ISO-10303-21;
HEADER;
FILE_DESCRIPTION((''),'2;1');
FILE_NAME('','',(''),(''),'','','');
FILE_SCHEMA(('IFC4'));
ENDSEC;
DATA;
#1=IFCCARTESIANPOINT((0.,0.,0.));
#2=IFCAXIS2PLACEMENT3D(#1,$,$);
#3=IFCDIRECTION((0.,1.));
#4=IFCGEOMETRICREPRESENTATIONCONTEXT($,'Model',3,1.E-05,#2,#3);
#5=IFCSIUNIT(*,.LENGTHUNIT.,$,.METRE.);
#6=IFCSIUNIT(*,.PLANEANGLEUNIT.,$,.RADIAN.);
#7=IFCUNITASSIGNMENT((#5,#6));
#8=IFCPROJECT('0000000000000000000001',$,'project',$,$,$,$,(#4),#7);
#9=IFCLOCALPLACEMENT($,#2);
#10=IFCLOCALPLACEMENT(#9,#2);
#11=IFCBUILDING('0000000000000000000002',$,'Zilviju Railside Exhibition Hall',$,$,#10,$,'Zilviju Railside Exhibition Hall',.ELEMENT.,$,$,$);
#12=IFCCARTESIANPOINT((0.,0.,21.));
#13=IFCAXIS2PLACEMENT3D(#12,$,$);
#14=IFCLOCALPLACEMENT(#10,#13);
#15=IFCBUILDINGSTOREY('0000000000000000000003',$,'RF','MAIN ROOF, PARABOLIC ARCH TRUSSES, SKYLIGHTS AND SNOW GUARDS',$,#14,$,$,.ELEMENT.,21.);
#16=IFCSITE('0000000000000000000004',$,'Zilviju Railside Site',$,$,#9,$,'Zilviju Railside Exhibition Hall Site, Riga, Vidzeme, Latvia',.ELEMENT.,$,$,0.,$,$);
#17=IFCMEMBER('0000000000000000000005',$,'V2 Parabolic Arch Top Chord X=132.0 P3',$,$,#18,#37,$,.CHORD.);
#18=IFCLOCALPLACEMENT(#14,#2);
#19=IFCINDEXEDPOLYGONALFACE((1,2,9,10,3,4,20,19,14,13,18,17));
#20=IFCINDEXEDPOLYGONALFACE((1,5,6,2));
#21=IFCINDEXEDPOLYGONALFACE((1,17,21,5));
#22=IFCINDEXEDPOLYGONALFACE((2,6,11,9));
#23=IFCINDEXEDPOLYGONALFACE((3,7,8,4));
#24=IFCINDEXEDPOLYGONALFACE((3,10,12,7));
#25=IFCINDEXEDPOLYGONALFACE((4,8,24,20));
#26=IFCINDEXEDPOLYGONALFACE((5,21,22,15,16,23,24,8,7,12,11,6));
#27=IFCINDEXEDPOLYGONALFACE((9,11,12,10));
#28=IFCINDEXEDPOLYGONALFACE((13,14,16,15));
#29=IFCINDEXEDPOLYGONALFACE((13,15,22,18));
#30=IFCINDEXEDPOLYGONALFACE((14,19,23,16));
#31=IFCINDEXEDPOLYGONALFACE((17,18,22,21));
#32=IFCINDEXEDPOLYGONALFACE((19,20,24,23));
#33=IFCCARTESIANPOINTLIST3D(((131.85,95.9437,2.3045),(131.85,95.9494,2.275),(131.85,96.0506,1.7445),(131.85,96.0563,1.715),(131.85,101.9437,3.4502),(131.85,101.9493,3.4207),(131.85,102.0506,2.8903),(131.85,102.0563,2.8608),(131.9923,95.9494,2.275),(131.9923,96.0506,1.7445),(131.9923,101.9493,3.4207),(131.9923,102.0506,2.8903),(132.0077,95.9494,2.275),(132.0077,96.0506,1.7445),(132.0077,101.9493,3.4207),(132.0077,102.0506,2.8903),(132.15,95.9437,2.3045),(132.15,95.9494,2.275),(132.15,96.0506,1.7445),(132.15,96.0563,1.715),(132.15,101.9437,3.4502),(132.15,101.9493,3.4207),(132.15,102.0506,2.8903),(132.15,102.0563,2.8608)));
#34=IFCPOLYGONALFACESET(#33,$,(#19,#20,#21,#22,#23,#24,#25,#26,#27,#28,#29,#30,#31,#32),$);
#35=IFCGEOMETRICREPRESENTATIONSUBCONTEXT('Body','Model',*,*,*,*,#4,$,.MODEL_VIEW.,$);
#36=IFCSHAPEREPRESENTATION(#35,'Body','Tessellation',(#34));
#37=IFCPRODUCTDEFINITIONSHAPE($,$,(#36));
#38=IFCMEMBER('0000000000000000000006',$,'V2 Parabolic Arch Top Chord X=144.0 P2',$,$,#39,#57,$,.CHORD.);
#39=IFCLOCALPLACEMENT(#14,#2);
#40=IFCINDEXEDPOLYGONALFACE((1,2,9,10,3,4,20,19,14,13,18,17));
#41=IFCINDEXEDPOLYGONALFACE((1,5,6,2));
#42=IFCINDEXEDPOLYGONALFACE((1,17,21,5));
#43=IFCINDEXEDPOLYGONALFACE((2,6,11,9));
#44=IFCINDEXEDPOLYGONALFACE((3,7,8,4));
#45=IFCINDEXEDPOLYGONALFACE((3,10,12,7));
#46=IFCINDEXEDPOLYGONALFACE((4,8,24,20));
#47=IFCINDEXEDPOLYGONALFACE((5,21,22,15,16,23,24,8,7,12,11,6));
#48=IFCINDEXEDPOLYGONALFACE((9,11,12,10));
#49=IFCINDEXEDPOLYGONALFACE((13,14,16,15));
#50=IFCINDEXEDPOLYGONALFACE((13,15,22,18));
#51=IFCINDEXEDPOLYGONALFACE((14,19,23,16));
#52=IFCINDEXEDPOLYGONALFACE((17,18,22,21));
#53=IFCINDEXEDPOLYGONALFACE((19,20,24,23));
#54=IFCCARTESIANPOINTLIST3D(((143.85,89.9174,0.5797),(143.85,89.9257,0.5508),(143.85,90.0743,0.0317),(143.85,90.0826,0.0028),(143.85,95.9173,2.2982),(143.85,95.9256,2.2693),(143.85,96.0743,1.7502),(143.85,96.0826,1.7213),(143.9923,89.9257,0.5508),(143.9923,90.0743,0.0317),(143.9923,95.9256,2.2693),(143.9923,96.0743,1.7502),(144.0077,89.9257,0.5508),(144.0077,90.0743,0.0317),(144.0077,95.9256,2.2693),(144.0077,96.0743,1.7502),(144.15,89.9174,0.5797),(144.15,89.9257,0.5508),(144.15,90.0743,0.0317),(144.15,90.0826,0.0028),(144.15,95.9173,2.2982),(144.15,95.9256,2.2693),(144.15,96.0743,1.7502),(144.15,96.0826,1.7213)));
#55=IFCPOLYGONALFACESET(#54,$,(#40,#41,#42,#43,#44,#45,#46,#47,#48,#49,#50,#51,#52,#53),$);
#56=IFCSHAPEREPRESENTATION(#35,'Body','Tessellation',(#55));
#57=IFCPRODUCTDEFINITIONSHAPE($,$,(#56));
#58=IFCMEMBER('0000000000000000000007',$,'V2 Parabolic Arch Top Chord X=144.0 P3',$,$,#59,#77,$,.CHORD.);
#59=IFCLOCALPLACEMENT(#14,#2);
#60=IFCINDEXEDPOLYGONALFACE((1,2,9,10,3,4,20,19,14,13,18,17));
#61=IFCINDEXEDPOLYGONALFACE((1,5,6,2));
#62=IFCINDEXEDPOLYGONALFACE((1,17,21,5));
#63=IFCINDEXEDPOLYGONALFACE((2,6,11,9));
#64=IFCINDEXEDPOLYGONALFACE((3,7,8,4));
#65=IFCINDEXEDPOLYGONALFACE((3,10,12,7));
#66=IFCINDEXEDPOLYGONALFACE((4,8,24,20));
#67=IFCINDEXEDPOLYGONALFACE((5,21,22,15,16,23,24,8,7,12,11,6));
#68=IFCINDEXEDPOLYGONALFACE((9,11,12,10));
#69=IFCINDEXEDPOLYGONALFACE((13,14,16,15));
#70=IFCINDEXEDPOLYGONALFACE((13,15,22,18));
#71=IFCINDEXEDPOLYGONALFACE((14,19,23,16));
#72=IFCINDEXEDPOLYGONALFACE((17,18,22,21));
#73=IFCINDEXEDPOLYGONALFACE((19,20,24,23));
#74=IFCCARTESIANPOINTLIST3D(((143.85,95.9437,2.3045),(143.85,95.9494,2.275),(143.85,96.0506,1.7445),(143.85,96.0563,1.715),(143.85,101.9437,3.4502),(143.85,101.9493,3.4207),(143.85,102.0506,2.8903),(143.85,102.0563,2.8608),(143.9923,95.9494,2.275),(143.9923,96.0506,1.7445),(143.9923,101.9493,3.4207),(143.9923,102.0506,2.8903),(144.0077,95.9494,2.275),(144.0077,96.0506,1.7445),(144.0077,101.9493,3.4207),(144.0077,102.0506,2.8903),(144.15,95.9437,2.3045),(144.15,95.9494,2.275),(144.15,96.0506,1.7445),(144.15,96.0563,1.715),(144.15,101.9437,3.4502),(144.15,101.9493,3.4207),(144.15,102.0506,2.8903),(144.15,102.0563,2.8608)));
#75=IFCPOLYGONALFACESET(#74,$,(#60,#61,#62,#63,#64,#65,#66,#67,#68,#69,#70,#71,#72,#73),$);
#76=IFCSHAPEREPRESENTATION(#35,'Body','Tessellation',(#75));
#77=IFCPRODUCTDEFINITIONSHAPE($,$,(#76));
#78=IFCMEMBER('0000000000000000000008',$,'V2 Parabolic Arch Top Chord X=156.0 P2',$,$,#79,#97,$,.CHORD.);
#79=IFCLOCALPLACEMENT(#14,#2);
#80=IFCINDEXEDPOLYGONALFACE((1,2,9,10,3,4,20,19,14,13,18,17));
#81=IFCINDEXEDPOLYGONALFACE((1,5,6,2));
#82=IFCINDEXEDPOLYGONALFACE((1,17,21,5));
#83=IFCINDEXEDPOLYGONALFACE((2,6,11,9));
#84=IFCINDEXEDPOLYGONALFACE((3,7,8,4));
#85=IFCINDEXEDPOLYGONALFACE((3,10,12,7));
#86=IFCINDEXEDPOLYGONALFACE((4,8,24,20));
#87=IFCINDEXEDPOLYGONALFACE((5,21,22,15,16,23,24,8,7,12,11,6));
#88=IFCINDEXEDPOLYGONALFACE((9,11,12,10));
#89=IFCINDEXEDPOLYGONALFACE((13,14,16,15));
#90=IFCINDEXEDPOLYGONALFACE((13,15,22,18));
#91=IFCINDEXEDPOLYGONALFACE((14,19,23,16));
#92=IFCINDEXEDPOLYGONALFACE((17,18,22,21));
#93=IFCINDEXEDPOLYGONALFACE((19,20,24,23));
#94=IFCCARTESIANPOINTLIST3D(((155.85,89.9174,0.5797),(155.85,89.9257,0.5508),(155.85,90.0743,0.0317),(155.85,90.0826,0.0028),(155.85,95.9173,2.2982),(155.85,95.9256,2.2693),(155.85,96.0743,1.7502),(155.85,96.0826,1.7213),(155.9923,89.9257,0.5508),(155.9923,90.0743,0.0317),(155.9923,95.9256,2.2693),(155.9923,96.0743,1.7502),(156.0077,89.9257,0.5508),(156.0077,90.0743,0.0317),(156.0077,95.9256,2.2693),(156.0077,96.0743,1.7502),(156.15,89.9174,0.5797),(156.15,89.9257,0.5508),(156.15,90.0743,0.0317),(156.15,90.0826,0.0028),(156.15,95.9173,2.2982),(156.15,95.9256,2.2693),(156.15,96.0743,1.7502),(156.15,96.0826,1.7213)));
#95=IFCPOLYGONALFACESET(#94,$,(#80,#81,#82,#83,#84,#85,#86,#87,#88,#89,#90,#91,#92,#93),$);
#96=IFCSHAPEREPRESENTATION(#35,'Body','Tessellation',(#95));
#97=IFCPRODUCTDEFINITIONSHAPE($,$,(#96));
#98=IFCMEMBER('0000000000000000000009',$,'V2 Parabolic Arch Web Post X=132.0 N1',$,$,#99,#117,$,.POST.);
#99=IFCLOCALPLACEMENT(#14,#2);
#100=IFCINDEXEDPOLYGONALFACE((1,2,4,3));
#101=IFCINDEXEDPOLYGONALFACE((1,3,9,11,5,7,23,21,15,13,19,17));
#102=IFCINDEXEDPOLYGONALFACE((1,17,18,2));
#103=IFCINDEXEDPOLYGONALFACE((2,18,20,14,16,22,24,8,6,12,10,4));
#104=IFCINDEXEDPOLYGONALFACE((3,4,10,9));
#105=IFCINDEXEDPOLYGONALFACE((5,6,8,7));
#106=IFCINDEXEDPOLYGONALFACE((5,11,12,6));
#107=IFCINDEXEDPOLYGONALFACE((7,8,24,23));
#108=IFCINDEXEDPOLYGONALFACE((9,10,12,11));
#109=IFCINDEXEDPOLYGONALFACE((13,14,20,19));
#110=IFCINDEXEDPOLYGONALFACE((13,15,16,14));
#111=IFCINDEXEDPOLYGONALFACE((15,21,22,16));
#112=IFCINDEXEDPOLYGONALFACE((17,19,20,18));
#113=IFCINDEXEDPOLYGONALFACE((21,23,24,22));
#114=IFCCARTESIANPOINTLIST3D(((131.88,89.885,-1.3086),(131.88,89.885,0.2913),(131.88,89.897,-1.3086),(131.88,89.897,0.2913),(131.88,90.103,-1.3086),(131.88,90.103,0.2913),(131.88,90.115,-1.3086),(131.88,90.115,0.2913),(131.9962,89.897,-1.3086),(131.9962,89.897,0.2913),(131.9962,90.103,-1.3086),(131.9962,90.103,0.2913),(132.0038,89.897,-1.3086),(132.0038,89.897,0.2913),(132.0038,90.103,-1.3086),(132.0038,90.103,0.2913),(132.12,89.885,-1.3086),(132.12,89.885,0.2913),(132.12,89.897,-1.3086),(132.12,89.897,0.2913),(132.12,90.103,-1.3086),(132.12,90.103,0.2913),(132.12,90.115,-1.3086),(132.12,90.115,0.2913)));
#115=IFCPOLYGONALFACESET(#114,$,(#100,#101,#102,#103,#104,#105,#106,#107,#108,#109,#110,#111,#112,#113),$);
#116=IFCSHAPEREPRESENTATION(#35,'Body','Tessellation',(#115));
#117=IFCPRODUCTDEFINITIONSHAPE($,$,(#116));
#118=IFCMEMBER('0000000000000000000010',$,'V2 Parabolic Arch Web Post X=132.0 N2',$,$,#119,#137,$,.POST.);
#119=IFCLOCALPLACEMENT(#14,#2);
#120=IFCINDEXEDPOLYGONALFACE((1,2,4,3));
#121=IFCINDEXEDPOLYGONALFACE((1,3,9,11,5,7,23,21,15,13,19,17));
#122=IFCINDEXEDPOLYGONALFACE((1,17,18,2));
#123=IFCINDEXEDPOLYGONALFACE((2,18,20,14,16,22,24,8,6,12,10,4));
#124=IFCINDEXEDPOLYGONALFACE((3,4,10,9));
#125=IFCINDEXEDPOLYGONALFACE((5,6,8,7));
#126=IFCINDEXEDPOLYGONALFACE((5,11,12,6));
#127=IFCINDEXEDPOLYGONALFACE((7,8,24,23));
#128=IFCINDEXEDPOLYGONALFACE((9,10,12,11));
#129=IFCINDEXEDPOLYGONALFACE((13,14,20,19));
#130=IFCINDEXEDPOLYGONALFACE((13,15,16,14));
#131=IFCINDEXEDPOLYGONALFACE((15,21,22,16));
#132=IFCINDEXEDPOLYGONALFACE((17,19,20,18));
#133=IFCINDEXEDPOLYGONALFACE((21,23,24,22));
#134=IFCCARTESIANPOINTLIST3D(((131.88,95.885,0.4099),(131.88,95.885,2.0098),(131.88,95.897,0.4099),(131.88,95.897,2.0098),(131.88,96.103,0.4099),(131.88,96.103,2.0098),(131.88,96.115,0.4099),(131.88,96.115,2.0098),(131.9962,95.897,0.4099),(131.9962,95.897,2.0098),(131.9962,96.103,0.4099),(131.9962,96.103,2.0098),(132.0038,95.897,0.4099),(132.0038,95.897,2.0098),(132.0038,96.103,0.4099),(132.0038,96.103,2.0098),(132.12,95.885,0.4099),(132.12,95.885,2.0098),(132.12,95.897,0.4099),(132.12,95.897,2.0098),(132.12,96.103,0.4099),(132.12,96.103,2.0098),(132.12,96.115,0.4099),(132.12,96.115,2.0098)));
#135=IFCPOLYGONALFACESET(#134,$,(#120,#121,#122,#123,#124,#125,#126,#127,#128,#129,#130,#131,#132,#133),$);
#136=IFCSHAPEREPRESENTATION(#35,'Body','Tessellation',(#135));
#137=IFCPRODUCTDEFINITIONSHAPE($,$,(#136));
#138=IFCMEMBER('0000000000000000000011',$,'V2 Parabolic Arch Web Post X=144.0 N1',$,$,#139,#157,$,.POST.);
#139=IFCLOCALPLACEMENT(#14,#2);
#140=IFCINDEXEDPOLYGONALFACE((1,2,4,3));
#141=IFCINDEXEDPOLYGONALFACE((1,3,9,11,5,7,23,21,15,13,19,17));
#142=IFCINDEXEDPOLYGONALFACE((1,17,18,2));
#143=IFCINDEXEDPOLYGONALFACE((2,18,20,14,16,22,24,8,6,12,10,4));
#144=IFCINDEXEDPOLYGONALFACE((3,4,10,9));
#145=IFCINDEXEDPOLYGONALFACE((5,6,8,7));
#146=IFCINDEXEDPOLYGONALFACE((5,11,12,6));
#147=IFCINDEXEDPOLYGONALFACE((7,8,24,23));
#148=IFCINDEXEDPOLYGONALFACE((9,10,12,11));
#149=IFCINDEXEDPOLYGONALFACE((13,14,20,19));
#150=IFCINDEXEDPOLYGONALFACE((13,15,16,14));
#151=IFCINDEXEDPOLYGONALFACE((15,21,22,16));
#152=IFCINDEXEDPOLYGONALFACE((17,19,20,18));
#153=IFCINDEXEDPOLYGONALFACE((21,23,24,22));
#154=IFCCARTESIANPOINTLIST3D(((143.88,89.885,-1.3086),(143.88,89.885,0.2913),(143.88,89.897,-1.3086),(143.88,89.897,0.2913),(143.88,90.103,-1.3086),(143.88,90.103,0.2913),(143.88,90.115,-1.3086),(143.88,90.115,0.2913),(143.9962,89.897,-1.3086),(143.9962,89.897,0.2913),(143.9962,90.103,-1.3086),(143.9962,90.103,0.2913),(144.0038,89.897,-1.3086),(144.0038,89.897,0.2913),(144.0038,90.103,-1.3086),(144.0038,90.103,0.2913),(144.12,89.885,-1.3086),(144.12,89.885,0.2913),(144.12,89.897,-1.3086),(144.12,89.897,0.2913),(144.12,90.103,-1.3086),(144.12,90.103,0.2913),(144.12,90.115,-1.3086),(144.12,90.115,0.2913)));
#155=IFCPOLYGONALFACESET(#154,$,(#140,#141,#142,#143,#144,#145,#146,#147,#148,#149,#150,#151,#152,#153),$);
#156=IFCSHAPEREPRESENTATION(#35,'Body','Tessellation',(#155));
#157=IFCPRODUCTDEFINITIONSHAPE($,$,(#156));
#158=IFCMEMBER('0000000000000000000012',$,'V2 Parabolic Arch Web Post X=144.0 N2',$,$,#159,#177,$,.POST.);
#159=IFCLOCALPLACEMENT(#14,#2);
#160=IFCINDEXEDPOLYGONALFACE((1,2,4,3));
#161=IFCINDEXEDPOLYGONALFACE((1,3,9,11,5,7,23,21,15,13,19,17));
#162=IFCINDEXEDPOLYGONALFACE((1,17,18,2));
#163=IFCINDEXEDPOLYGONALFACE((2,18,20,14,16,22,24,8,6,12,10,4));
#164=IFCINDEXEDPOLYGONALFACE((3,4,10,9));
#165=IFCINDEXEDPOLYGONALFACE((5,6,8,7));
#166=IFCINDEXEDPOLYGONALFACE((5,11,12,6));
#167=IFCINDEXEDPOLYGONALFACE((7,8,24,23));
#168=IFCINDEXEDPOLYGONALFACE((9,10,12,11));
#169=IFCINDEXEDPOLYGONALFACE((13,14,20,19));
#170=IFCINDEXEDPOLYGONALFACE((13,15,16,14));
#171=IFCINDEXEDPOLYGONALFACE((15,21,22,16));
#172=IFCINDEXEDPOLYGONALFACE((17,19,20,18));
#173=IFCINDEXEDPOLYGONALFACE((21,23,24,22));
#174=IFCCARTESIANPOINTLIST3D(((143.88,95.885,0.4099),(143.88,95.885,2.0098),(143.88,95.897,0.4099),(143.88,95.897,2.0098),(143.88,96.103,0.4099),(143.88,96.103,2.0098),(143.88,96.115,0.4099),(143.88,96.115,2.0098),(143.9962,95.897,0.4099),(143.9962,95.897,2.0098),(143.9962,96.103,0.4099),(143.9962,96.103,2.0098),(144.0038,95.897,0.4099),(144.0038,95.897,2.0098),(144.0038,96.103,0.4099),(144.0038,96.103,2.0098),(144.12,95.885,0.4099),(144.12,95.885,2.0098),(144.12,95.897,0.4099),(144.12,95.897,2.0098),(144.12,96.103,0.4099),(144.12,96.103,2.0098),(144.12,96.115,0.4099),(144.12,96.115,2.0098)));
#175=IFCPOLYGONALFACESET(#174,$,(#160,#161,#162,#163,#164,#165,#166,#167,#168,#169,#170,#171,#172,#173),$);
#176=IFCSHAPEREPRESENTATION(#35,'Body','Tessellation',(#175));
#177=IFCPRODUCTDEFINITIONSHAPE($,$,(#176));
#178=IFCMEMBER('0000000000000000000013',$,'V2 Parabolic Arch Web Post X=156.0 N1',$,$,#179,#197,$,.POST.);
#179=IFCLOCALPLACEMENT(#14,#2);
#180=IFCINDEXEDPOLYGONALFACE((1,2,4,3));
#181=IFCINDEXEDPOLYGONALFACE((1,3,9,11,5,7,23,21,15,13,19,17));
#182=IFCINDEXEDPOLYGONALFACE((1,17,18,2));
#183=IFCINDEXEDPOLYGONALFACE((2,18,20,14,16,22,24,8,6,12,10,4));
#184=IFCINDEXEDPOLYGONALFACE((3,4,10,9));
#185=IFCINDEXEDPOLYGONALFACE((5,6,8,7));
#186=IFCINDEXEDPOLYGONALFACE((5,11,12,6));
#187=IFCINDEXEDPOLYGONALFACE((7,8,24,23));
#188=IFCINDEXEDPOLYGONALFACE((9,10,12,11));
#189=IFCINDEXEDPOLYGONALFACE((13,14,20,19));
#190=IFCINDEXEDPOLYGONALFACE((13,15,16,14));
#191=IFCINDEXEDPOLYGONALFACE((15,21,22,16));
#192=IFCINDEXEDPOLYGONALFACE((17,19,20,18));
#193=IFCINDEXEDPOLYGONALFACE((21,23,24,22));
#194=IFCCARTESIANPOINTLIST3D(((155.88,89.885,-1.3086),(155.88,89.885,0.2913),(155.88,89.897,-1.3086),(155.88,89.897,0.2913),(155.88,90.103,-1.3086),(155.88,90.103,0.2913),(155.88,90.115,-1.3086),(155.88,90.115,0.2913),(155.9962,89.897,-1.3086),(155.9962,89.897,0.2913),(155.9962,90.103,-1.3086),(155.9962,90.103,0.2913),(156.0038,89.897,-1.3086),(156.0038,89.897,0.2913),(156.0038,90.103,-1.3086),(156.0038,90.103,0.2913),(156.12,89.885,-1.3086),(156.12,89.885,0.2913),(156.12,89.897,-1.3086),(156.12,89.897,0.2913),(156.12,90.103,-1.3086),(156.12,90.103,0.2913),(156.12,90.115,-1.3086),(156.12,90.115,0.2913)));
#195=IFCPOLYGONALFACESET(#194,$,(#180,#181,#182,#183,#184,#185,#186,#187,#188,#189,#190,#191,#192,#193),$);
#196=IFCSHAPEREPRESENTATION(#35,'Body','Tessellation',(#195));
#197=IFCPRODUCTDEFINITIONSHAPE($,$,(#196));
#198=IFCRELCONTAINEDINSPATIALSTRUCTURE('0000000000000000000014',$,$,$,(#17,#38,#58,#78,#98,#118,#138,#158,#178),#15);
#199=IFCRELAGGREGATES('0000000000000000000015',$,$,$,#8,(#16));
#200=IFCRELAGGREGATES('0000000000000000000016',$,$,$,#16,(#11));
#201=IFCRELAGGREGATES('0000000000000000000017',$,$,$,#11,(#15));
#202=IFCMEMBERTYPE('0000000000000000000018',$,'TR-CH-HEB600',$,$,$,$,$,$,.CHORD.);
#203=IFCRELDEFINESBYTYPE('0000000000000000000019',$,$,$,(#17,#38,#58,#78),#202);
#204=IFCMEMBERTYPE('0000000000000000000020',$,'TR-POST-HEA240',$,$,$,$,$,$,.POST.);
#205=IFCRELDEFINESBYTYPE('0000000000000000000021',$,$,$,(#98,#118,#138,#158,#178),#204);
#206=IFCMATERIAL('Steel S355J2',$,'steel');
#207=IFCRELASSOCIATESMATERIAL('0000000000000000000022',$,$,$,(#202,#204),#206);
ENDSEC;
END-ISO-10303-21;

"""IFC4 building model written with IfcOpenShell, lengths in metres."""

from ifc_helpers import new_model, si_unit, direction, frame, origin, origin_2d, place, context, subcontext, project, spatial, i_section, extrude, material, material_profile, profile_set, type_object, element, save


model = new_model("IFC4")

# Units and contexts
model_context = context("Model", 3, precision=1e-05, world=origin(), true_north=direction((0.0, 1.0)))
body_context = subcontext(model_context, "Body", "Model", "MODEL_VIEW")
ifc_project = project(units=[si_unit("LENGTHUNIT", "METRE"), si_unit("PLANEANGLEUNIT", "RADIAN")], contexts=[model_context])

# Site, building, storey
site_placement = place(None, origin())
site = spatial("IfcSite", under=ifc_project, at=site_placement, Name="Zilviju Railside Site", LongName="Zilviju Railside Exhibition Hall Site, Riga, Vidzeme, Latvia", CompositionType="ELEMENT", RefElevation=0.0)
building_placement = place(site_placement, origin())
building = spatial("IfcBuilding", under=site, at=building_placement, Name="Zilviju Railside Exhibition Hall", LongName="Zilviju Railside Exhibition Hall", CompositionType="ELEMENT")
storey_placement = place(building_placement, frame((0.0, 0.0, 21.0)))
storey = spatial("IfcBuildingStorey", under=building, at=storey_placement, Name="RF", Description="MAIN ROOF, PARABOLIC ARCH TRUSSES, SKYLIGHTS AND SNOW GUARDS", CompositionType="ELEMENT", Elevation=21.0)

# Members
ifc_material_1 = material(Name="Steel S355J2", Category="steel")
ifc_material_profile_1 = material_profile(ifc_material_1, i_section(OverallWidth=0.3, OverallDepth=0.6001, WebThickness=0.0154, FlangeThickness=0.03, at=origin_2d()), Name="HEB 600")
ifc_profile_set_1 = profile_set([ifc_material_profile_1], Name="Steel S355J2")
member_type_1 = type_object("IfcMemberType", Name="TR-CH-HEB600", PredefinedType="CHORD", material=ifc_profile_set_1)
member_1_placement = place(storey_placement, frame((132.0, 96.0, 2.0098), z_axis=(0.0, 0.982251, 0.187569), x_axis=(-1.0, 0.0, 0.0)))
element("IfcMember", 1, at=member_1_placement, inside=storey, type_object=member_type_1, Name="V2 Parabolic Arch Top Chord X=132.0 P3", PredefinedType="CHORD", context=body_context, shape_type="SweptSolid", body=[
    extrude(i_section(OverallWidth=0.3, OverallDepth=0.6001, WebThickness=0.0154, FlangeThickness=0.03, at=origin_2d()), origin(), (0.0, 0.0, 1.0), 6.1084),
])
member_2_placement = place(storey_placement, frame((144.0, 90.0, 0.2913), z_axis=(0.0, 0.961345, 0.275346), x_axis=(-1.0, 0.0, 0.0)))
element("IfcMember", 2, at=member_2_placement, inside=storey, type_object=member_type_1, Name="V2 Parabolic Arch Top Chord X=144.0 P2", PredefinedType="CHORD", context=body_context, shape_type="SweptSolid", body=[
    extrude(i_section(OverallWidth=0.3, OverallDepth=0.6001, WebThickness=0.0154, FlangeThickness=0.03, at=origin_2d()), origin(), (0.0, 0.0, 1.0), 6.2412),
])
member_3_placement = place(storey_placement, frame((144.0, 96.0, 2.0098), z_axis=(0.0, 0.982251, 0.187569), x_axis=(-1.0, 0.0, 0.0)))
element("IfcMember", 3, at=member_3_placement, inside=storey, type_object=member_type_1, Name="V2 Parabolic Arch Top Chord X=144.0 P3", PredefinedType="CHORD", context=body_context, shape_type="SweptSolid", body=[
    extrude(i_section(OverallWidth=0.3, OverallDepth=0.6001, WebThickness=0.0154, FlangeThickness=0.03, at=origin_2d()), origin(), (0.0, 0.0, 1.0), 6.1084),
])
member_4_placement = place(storey_placement, frame((156.0, 90.0, 0.2913), z_axis=(0.0, 0.961345, 0.275346), x_axis=(-1.0, 0.0, 0.0)))
element("IfcMember", 4, at=member_4_placement, inside=storey, type_object=member_type_1, Name="V2 Parabolic Arch Top Chord X=156.0 P2", PredefinedType="CHORD", context=body_context, shape_type="SweptSolid", body=[
    extrude(i_section(OverallWidth=0.3, OverallDepth=0.6001, WebThickness=0.0154, FlangeThickness=0.03, at=origin_2d()), origin(), (0.0, 0.0, 1.0), 6.2412),
])
ifc_material_profile_2 = material_profile(ifc_material_1, i_section(OverallWidth=0.24, OverallDepth=0.23, WebThickness=0.0076, FlangeThickness=0.012, at=origin_2d()), Name="HEA 240")
ifc_profile_set_2 = profile_set([ifc_material_profile_2], Name="Steel S355J2")
member_type_2 = type_object("IfcMemberType", Name="TR-POST-HEA240", PredefinedType="POST", material=ifc_profile_set_2)
for number, where, z_axis, x_axis, name in (
    (5, (132.0, 90.0, -1.3086), (0.0, 0.0, 1.0), (1.0, 0.0, 0.0), "V2 Parabolic Arch Web Post X=132.0 N1"),
    (6, (132.0, 96.0, 0.4099), (0.0, 0.0, 1.0), (1.0, 0.0, 0.0), "V2 Parabolic Arch Web Post X=132.0 N2"),
    (7, (144.0, 90.0, -1.3086), (0.0, 0.0, 1.0), (1.0, 0.0, 0.0), "V2 Parabolic Arch Web Post X=144.0 N1"),
    (8, (144.0, 96.0, 0.4099), (0.0, 0.0, 1.0), (1.0, 0.0, 0.0), "V2 Parabolic Arch Web Post X=144.0 N2"),
    (9, (156.0, 90.0, -1.3086), (0.0, 0.0, 1.0), (1.0, 0.0, 0.0), "V2 Parabolic Arch Web Post X=156.0 N1"),
):
    element("IfcMember", number, at=place(storey_placement, frame(where, z_axis=z_axis, x_axis=x_axis)), inside=storey, type_object=member_type_2, Name=name, PredefinedType="POST", context=body_context, shape_type="SweptSolid", body=[
        extrude(i_section(OverallWidth=0.24, OverallDepth=0.23, WebThickness=0.0076, FlangeThickness=0.012, at=origin_2d()), origin(), (0.0, 0.0, 1.0), 1.5999),
    ])

save(model, "model.ifc")
